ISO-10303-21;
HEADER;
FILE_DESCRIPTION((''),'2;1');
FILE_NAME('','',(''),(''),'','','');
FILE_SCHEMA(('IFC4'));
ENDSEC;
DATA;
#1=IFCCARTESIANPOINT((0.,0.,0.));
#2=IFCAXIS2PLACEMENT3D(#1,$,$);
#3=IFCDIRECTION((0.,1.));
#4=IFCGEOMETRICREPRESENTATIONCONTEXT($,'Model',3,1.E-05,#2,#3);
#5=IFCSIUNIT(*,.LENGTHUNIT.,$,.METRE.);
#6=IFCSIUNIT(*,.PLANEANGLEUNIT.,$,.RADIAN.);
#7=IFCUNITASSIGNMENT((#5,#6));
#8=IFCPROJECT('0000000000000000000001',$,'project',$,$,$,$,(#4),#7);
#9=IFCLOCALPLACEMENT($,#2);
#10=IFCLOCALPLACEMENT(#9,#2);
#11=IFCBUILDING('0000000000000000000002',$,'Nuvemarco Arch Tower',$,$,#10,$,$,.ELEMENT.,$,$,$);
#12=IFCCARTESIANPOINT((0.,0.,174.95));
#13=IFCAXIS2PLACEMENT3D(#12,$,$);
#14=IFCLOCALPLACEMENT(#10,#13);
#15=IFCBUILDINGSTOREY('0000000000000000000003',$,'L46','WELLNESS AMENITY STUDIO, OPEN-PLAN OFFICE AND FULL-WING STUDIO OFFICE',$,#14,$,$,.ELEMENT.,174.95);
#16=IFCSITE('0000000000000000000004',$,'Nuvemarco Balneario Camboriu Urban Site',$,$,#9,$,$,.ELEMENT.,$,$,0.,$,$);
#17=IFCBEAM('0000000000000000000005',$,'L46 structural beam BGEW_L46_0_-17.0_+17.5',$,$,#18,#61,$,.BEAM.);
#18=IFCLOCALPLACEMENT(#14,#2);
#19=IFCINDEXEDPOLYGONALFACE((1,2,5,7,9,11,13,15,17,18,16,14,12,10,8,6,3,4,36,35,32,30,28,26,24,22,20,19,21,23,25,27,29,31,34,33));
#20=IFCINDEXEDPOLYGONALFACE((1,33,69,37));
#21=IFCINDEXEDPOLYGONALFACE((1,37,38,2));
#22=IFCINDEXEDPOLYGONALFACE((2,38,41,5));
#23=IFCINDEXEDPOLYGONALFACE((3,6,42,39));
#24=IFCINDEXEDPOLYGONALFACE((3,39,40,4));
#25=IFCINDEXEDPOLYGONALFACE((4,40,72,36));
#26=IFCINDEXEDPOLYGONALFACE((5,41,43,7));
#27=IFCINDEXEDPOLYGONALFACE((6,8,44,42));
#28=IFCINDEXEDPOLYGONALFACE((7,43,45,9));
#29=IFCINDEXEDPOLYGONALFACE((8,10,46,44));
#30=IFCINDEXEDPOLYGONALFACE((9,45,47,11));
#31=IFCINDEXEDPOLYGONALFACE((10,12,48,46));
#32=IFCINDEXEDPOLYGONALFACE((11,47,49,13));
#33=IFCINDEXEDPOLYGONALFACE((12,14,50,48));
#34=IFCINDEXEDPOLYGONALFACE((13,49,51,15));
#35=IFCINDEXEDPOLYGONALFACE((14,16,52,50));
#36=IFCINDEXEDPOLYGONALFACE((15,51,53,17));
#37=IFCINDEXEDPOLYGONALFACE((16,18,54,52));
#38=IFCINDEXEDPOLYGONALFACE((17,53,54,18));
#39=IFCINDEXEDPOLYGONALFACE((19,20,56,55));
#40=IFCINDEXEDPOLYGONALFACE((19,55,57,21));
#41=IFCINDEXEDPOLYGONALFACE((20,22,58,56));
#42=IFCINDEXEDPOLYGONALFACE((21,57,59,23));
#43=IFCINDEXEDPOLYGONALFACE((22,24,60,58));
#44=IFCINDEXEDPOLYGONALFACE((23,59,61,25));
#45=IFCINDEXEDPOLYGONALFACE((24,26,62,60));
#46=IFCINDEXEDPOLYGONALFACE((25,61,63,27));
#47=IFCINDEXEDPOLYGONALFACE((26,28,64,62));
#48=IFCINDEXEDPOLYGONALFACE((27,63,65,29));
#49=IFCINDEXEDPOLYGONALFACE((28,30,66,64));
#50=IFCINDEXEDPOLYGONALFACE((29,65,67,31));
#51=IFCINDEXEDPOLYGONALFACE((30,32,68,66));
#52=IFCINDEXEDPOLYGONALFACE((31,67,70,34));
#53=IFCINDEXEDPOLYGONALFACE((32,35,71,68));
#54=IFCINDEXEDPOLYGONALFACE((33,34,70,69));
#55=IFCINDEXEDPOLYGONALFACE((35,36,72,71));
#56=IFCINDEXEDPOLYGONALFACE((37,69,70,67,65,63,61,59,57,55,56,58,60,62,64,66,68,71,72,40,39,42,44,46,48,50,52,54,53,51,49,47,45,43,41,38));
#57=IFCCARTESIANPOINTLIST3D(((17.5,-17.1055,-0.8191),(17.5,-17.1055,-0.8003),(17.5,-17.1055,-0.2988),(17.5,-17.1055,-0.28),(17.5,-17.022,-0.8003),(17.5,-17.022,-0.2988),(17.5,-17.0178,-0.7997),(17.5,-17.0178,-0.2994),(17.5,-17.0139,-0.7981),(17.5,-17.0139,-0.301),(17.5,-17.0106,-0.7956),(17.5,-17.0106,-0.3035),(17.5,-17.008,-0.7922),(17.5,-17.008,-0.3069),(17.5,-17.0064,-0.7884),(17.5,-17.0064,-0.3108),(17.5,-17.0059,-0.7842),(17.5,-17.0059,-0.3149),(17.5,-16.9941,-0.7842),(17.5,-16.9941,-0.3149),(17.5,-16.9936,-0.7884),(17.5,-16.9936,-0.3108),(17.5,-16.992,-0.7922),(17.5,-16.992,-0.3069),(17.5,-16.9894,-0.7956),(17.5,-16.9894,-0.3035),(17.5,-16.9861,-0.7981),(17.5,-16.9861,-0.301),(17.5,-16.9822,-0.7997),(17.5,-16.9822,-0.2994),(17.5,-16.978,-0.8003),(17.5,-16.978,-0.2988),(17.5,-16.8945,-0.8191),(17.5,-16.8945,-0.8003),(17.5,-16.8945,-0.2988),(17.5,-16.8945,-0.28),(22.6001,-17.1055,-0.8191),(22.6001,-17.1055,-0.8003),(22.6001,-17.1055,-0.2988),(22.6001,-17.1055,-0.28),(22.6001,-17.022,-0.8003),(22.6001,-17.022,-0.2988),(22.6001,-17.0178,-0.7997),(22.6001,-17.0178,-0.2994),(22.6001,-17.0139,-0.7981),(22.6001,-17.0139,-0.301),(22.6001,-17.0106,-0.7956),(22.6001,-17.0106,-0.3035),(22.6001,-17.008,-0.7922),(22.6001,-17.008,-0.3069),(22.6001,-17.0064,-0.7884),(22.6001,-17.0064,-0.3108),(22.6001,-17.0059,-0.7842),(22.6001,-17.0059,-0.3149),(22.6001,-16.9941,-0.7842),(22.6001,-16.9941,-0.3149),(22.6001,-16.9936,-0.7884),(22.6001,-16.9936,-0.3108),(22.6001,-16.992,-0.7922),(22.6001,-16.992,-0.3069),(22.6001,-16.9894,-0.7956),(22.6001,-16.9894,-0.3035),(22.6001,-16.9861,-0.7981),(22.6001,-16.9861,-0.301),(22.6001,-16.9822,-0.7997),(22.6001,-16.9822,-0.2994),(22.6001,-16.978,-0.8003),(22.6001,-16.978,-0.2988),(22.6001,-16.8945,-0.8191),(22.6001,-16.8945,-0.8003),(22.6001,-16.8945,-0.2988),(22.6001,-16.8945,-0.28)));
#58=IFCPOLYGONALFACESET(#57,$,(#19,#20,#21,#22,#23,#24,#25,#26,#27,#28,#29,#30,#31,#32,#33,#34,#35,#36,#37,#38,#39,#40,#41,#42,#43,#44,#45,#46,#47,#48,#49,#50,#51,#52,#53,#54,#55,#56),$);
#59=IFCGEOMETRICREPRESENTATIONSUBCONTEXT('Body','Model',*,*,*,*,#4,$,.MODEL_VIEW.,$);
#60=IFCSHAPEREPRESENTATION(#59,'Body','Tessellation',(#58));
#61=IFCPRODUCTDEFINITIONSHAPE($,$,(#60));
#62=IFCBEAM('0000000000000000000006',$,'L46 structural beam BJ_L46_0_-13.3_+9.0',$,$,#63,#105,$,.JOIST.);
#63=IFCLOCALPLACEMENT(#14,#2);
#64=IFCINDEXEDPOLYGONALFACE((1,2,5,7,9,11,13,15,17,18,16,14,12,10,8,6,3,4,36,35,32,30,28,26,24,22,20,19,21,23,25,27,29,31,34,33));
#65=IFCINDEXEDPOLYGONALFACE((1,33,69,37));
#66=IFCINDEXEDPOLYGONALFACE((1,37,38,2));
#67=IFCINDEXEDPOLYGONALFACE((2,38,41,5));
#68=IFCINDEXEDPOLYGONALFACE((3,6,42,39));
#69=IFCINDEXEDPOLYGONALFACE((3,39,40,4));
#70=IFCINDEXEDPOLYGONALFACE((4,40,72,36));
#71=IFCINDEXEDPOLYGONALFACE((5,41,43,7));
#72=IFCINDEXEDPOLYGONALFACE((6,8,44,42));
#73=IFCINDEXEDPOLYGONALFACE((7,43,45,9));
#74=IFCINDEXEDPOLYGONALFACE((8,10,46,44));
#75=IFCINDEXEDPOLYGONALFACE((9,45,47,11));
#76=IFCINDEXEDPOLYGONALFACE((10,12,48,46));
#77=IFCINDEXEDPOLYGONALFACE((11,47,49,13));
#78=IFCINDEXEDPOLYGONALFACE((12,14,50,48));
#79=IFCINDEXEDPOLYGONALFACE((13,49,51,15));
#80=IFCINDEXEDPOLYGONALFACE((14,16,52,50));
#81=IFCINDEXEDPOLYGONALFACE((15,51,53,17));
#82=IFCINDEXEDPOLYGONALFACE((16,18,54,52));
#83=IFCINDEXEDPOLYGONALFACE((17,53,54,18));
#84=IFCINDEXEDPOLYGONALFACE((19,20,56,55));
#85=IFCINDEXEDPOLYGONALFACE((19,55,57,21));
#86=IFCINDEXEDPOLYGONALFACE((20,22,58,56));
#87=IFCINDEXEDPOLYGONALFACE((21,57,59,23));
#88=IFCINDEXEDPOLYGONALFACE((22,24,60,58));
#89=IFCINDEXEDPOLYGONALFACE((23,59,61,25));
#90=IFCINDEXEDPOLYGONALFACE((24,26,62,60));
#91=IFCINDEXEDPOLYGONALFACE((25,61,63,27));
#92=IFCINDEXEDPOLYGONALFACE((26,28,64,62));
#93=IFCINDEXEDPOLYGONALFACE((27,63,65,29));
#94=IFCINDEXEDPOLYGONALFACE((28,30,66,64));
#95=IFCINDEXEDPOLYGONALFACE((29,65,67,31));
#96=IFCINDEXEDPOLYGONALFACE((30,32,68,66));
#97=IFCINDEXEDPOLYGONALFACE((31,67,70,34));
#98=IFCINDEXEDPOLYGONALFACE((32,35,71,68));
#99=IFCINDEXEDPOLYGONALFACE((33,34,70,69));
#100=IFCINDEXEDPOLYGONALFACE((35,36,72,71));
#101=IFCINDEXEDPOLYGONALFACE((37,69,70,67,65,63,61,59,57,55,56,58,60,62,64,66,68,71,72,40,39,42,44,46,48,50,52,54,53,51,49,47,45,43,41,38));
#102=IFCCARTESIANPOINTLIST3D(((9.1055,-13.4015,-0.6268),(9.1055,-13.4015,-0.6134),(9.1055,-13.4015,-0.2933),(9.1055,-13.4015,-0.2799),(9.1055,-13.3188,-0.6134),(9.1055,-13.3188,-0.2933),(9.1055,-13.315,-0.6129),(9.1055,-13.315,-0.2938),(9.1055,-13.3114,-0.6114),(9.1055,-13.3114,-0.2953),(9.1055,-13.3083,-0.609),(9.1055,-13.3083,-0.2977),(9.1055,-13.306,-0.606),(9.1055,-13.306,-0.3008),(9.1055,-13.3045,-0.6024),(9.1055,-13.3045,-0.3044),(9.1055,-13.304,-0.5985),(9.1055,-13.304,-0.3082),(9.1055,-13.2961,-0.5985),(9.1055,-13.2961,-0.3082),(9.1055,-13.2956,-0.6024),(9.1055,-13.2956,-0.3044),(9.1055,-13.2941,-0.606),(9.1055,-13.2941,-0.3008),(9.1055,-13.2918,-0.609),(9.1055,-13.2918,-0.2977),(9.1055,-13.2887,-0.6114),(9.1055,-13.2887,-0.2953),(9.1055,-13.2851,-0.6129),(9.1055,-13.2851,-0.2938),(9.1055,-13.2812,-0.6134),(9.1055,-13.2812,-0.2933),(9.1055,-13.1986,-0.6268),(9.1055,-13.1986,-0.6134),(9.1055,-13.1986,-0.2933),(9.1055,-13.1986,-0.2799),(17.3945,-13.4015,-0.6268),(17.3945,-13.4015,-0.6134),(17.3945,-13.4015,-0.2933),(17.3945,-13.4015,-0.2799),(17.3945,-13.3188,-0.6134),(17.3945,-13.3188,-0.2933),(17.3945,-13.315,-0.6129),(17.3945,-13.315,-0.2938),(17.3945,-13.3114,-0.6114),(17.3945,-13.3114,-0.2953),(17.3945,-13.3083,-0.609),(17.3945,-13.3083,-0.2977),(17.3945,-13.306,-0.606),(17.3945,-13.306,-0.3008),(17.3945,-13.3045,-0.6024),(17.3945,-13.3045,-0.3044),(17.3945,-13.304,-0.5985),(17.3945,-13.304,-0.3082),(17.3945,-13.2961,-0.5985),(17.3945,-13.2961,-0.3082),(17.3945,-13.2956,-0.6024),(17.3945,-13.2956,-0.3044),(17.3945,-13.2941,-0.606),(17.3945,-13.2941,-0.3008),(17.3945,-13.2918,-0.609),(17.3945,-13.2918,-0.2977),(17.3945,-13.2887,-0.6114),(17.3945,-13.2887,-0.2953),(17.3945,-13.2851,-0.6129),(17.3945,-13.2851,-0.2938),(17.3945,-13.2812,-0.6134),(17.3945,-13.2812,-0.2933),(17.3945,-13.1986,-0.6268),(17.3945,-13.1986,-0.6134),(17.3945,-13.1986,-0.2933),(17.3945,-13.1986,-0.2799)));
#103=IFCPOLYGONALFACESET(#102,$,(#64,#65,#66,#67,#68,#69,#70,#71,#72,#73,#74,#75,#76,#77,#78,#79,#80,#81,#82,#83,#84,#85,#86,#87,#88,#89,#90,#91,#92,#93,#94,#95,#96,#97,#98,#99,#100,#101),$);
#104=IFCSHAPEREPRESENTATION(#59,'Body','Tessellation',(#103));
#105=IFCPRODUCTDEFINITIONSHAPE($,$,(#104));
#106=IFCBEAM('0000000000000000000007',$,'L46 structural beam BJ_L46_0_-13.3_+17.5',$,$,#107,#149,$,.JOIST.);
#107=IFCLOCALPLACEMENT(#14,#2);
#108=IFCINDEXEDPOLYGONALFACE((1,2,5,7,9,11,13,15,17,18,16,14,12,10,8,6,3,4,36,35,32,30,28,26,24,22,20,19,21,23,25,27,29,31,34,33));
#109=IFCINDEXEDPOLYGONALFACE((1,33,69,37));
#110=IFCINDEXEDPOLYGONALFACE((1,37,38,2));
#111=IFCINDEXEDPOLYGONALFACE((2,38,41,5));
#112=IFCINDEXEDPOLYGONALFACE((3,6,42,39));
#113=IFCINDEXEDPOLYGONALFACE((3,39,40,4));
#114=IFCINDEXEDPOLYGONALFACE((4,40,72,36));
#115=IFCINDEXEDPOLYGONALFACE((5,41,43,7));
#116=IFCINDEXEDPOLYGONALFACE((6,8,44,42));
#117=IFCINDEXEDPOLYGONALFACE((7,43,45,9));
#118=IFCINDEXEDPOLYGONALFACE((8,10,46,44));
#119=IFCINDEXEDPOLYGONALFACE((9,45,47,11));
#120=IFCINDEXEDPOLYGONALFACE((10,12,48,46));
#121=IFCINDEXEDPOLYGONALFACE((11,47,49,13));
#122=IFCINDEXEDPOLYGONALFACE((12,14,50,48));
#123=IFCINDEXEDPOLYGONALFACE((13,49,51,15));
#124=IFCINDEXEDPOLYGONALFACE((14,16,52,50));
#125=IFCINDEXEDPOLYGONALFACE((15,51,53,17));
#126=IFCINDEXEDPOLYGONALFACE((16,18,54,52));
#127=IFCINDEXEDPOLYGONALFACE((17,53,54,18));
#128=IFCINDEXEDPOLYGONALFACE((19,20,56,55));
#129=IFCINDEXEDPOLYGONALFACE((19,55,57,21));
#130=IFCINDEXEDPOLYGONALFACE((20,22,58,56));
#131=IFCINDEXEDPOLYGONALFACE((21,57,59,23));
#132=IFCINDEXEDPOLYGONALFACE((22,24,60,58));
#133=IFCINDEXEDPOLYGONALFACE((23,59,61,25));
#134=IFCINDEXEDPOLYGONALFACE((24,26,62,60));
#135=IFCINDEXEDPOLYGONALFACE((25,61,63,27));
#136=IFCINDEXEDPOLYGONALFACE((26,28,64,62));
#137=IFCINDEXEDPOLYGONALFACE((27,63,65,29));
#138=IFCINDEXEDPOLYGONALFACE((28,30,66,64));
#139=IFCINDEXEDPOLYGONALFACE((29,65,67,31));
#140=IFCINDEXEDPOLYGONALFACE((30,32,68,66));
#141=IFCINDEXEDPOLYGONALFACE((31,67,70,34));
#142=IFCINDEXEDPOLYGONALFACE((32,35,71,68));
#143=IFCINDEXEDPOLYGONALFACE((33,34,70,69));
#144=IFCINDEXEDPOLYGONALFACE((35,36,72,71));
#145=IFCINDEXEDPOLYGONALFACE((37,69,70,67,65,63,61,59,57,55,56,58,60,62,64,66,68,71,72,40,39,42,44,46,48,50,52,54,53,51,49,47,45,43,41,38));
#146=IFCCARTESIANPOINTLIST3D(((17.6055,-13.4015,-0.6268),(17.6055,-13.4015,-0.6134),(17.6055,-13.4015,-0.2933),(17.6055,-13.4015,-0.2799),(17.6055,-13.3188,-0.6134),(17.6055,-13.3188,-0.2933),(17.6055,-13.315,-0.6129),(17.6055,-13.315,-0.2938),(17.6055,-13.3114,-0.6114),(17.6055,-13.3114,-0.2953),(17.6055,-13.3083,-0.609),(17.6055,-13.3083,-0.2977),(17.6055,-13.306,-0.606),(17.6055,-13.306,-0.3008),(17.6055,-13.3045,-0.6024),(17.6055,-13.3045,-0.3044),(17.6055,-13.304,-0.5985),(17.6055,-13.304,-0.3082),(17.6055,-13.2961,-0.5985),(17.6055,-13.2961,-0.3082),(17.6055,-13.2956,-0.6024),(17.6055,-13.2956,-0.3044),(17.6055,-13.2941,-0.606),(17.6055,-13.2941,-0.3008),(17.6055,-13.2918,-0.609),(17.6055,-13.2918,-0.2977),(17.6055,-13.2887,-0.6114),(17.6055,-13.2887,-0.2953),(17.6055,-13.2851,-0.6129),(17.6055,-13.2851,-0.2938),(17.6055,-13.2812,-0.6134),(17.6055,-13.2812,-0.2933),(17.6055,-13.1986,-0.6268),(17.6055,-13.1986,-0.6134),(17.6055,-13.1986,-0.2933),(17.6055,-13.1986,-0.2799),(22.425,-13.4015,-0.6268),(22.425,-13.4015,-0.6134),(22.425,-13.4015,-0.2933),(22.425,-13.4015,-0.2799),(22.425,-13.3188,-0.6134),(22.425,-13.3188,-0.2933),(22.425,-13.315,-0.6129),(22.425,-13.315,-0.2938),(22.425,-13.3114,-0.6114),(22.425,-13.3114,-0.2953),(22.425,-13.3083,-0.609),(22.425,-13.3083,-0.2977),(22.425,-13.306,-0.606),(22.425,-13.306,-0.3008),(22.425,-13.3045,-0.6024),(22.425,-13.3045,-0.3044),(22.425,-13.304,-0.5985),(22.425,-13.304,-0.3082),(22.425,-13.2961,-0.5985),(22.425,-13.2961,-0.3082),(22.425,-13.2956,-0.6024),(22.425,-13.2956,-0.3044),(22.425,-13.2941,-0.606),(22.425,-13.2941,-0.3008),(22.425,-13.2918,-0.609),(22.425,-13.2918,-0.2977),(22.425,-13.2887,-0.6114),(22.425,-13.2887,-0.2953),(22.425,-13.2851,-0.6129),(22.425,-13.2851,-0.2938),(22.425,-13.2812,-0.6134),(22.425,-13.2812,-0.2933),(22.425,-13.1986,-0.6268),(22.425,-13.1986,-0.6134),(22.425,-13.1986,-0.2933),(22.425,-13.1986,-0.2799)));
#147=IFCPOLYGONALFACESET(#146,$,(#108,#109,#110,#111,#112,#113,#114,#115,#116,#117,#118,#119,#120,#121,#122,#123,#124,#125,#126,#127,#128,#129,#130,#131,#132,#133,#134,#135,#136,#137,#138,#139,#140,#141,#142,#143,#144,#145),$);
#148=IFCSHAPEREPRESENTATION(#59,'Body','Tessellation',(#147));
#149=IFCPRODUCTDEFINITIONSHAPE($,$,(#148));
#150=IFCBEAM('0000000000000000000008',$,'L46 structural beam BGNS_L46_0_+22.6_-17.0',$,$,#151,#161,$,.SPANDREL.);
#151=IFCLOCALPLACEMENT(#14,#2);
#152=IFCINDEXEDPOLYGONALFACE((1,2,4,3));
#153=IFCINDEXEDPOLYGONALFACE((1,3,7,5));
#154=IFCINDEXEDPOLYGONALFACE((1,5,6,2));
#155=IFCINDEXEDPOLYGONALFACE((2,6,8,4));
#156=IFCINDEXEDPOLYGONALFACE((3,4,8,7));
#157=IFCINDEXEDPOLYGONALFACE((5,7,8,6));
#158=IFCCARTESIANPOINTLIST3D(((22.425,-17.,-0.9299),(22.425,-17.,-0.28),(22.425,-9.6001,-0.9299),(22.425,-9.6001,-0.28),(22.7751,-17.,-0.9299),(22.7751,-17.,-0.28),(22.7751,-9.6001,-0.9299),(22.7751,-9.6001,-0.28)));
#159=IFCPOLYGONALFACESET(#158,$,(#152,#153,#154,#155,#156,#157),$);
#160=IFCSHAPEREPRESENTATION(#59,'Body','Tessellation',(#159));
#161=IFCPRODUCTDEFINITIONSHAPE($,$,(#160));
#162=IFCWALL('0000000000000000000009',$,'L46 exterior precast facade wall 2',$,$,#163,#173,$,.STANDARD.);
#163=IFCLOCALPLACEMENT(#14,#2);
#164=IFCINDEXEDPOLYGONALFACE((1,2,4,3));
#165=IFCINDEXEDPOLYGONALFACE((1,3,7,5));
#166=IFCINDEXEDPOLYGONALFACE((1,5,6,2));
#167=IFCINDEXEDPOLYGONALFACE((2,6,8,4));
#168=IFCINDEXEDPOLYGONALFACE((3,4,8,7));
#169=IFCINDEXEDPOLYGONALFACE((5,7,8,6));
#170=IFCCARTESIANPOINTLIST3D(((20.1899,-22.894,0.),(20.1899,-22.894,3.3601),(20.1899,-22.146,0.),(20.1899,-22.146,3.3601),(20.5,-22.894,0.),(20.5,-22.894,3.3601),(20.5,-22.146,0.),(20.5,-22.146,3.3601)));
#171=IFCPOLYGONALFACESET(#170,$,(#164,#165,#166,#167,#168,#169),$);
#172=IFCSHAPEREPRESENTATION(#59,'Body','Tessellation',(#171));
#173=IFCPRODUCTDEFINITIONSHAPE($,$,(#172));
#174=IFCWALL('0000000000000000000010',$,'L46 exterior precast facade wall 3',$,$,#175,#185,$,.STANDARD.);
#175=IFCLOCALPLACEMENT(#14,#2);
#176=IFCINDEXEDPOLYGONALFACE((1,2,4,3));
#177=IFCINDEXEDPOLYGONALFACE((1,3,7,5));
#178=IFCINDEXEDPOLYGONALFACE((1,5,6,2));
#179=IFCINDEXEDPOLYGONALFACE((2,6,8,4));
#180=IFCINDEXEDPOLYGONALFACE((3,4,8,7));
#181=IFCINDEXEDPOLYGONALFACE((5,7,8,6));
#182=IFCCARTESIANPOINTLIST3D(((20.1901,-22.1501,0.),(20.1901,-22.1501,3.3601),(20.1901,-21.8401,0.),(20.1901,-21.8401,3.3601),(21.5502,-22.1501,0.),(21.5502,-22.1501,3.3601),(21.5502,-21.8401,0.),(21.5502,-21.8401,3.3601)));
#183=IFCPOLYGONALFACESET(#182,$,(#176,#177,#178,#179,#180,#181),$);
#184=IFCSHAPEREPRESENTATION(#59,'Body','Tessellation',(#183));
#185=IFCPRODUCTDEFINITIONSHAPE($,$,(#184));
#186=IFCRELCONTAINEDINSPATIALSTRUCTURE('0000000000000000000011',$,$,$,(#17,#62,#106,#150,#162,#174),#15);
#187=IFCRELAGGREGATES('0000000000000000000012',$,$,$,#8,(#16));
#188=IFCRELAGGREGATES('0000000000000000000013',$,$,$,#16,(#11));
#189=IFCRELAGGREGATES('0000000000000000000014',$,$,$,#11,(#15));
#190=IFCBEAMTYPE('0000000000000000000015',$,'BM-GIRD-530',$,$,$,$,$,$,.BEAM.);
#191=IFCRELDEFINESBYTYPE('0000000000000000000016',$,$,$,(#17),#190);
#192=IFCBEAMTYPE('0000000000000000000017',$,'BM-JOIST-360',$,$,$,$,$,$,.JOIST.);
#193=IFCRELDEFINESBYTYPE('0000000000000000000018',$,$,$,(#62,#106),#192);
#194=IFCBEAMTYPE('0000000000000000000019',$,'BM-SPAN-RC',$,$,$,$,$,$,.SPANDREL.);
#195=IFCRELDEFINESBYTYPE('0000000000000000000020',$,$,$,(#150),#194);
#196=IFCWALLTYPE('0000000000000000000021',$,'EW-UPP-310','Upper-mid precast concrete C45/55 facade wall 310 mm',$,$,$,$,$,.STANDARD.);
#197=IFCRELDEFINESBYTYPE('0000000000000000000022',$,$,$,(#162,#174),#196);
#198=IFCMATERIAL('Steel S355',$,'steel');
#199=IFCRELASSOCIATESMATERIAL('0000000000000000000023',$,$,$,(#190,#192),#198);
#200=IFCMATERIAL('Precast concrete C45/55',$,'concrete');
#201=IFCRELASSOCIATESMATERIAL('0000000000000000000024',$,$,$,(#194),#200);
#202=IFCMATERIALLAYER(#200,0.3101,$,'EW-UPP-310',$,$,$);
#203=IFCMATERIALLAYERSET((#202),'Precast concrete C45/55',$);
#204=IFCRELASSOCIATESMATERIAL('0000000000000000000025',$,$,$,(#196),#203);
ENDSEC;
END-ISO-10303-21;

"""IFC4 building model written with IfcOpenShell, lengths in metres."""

from ifc_helpers import new_model, si_unit, direction, frame, frame_2d, origin, origin_2d, place, context, subcontext, project, spatial, rectangle, i_section, extrude, material, layer, layer_set, material_profile, profile_set, type_object, element, save


model = new_model("IFC4")

# Units and contexts
model_context = context("Model", 3, precision=1e-05, world=origin(), true_north=direction((0.0, 1.0)))
body_context = subcontext(model_context, "Body", "Model", "MODEL_VIEW")
ifc_project = project(units=[si_unit("LENGTHUNIT", "METRE"), si_unit("PLANEANGLEUNIT", "RADIAN")], contexts=[model_context])

# Site, building, storey
site_placement = place(None, origin())
site = spatial("IfcSite", under=ifc_project, at=site_placement, Name="Nuvemarco Balneario Camboriu Urban Site", CompositionType="ELEMENT", RefElevation=0.0)
building_placement = place(site_placement, origin())
building = spatial("IfcBuilding", under=site, at=building_placement, Name="Nuvemarco Arch Tower", CompositionType="ELEMENT")
storey_placement = place(building_placement, frame((0.0, 0.0, 174.95)))
storey = spatial("IfcBuildingStorey", under=building, at=storey_placement, Name="L46", Description="WELLNESS AMENITY STUDIO, OPEN-PLAN OFFICE AND FULL-WING STUDIO OFFICE", CompositionType="ELEMENT", Elevation=174.95)

# Shared definitions
ifc_material_1 = material(Name="Steel S355", Category="steel")

# Beams
ifc_material_profile_1 = material_profile(ifc_material_1, i_section(OverallWidth=0.2109, OverallDepth=0.5391, WebThickness=0.0117, FlangeThickness=0.0188, FilletRadius=0.0161, at=origin_2d()), Name="W530x109")
ifc_profile_set_1 = profile_set([ifc_material_profile_1], Name="Steel S355")
beam_type_1 = type_object("IfcBeamType", Name="BM-GIRD-530", PredefinedType="BEAM", material=ifc_profile_set_1)
beam_1_placement = place(storey_placement, frame((17.5, -17.0, -0.5496), z_axis=(1.0, 0.0, 0.0), x_axis=(0.0, 1.0, 0.0)))
element("IfcBeam", 1, at=beam_1_placement, inside=storey, type_object=beam_type_1, Name="L46 structural beam BGEW_L46_0_-17.0_+17.5", PredefinedType="BEAM", context=body_context, shape_type="SweptSolid", body=[
    extrude(i_section(OverallWidth=0.2109, OverallDepth=0.5391, WebThickness=0.0117, FlangeThickness=0.0188, FilletRadius=0.0161, at=origin_2d()), origin(), (0.0, 0.0, 1.0), 5.1001),
])
ifc_material_profile_2 = material_profile(ifc_material_1, i_section(OverallWidth=0.2029, OverallDepth=0.3469, WebThickness=0.0078, FlangeThickness=0.0134, FilletRadius=0.0149, at=origin_2d()), Name="W360x64")
ifc_profile_set_2 = profile_set([ifc_material_profile_2], Name="Steel S355")
beam_type_2 = type_object("IfcBeamType", Name="BM-JOIST-360", PredefinedType="JOIST", material=ifc_profile_set_2)
beam_2_placement = place(storey_placement, frame((9.1055, -13.3, -0.4534), z_axis=(1.0, 0.0, 0.0), x_axis=(0.0, 1.0, 0.0)))
element("IfcBeam", 2, at=beam_2_placement, inside=storey, type_object=beam_type_2, Name="L46 structural beam BJ_L46_0_-13.3_+9.0", PredefinedType="JOIST", context=body_context, shape_type="SweptSolid", body=[
    extrude(i_section(OverallWidth=0.2029, OverallDepth=0.3469, WebThickness=0.0078, FlangeThickness=0.0134, FilletRadius=0.0149, at=origin_2d()), origin(), (0.0, 0.0, 1.0), 8.2891),
])
beam_3_placement = place(storey_placement, frame((17.6055, -13.3, -0.4534), z_axis=(1.0, 0.0, 0.0), x_axis=(0.0, 1.0, 0.0)))
element("IfcBeam", 3, at=beam_3_placement, inside=storey, type_object=beam_type_2, Name="L46 structural beam BJ_L46_0_-13.3_+17.5", PredefinedType="JOIST", context=body_context, shape_type="SweptSolid", body=[
    extrude(i_section(OverallWidth=0.2029, OverallDepth=0.3469, WebThickness=0.0078, FlangeThickness=0.0134, FilletRadius=0.0149, at=origin_2d()), origin(), (0.0, 0.0, 1.0), 4.8196),
])
ifc_material_2 = material(Name="Precast concrete C45/55", Category="concrete")
ifc_material_profile_3 = material_profile(ifc_material_2, rectangle(XDim=0.3501, YDim=0.6499, at=origin_2d()), Name="PC-SP-350x650")
ifc_profile_set_3 = profile_set([ifc_material_profile_3], Name="Precast concrete C45/55")
beam_type_3 = type_object("IfcBeamType", Name="BM-SPAN-RC", PredefinedType="SPANDREL", material=ifc_profile_set_3)
beam_4_placement = place(storey_placement, frame((22.6001, -17.0, -0.605), z_axis=(0.0, 1.0, 0.0), x_axis=(-1.0, 0.0, 0.0)))
element("IfcBeam", 4, at=beam_4_placement, inside=storey, type_object=beam_type_3, Name="L46 structural beam BGNS_L46_0_+22.6_-17.0", PredefinedType="SPANDREL", context=body_context, shape_type="SweptSolid", body=[
    extrude(rectangle(XDim=0.3501, YDim=0.6499, at=origin_2d()), origin(), (0.0, 0.0, 1.0), 7.3999),
])

# Walls
ifc_layer_1 = layer(ifc_material_2, 0.3101, Name="EW-UPP-310")
ifc_layer_set_1 = layer_set([ifc_layer_1], Name="Precast concrete C45/55")
wall_type_1 = type_object("IfcWallType", Name="EW-UPP-310", Description="Upper-mid precast concrete C45/55 facade wall 310 mm", PredefinedType="STANDARD", material=ifc_layer_set_1)
wall_1_placement = place(storey_placement, frame((20.345, -22.894, 0.0), z_axis=(0.0, 0.0, 1.0), x_axis=(0.0, 1.0, 0.0)))
element("IfcWall", 5, at=wall_1_placement, inside=storey, type_object=wall_type_1, Name="L46 exterior precast facade wall 2", PredefinedType="STANDARD", context=body_context, shape_type="SweptSolid", body=[
    extrude(rectangle(XDim=0.748, YDim=0.3101, at=frame_2d((0.374, 0.0))), origin(), (0.0, 0.0, 1.0), 3.3601),
])
wall_2_placement = place(storey_placement, frame((20.1899, -21.9951, 0.0), z_axis=(0.0, 0.0, 1.0), x_axis=(1.0, 0.0, 0.0)))
element("IfcWall", 6, at=wall_2_placement, inside=storey, type_object=wall_type_1, Name="L46 exterior precast facade wall 3", PredefinedType="STANDARD", context=body_context, shape_type="SweptSolid", body=[
    extrude(rectangle(XDim=1.3601, YDim=0.3101, at=frame_2d((0.6802, 0.0))), origin(), (0.0, 0.0, 1.0), 3.3601),
])

save(model, "model.ifc")
